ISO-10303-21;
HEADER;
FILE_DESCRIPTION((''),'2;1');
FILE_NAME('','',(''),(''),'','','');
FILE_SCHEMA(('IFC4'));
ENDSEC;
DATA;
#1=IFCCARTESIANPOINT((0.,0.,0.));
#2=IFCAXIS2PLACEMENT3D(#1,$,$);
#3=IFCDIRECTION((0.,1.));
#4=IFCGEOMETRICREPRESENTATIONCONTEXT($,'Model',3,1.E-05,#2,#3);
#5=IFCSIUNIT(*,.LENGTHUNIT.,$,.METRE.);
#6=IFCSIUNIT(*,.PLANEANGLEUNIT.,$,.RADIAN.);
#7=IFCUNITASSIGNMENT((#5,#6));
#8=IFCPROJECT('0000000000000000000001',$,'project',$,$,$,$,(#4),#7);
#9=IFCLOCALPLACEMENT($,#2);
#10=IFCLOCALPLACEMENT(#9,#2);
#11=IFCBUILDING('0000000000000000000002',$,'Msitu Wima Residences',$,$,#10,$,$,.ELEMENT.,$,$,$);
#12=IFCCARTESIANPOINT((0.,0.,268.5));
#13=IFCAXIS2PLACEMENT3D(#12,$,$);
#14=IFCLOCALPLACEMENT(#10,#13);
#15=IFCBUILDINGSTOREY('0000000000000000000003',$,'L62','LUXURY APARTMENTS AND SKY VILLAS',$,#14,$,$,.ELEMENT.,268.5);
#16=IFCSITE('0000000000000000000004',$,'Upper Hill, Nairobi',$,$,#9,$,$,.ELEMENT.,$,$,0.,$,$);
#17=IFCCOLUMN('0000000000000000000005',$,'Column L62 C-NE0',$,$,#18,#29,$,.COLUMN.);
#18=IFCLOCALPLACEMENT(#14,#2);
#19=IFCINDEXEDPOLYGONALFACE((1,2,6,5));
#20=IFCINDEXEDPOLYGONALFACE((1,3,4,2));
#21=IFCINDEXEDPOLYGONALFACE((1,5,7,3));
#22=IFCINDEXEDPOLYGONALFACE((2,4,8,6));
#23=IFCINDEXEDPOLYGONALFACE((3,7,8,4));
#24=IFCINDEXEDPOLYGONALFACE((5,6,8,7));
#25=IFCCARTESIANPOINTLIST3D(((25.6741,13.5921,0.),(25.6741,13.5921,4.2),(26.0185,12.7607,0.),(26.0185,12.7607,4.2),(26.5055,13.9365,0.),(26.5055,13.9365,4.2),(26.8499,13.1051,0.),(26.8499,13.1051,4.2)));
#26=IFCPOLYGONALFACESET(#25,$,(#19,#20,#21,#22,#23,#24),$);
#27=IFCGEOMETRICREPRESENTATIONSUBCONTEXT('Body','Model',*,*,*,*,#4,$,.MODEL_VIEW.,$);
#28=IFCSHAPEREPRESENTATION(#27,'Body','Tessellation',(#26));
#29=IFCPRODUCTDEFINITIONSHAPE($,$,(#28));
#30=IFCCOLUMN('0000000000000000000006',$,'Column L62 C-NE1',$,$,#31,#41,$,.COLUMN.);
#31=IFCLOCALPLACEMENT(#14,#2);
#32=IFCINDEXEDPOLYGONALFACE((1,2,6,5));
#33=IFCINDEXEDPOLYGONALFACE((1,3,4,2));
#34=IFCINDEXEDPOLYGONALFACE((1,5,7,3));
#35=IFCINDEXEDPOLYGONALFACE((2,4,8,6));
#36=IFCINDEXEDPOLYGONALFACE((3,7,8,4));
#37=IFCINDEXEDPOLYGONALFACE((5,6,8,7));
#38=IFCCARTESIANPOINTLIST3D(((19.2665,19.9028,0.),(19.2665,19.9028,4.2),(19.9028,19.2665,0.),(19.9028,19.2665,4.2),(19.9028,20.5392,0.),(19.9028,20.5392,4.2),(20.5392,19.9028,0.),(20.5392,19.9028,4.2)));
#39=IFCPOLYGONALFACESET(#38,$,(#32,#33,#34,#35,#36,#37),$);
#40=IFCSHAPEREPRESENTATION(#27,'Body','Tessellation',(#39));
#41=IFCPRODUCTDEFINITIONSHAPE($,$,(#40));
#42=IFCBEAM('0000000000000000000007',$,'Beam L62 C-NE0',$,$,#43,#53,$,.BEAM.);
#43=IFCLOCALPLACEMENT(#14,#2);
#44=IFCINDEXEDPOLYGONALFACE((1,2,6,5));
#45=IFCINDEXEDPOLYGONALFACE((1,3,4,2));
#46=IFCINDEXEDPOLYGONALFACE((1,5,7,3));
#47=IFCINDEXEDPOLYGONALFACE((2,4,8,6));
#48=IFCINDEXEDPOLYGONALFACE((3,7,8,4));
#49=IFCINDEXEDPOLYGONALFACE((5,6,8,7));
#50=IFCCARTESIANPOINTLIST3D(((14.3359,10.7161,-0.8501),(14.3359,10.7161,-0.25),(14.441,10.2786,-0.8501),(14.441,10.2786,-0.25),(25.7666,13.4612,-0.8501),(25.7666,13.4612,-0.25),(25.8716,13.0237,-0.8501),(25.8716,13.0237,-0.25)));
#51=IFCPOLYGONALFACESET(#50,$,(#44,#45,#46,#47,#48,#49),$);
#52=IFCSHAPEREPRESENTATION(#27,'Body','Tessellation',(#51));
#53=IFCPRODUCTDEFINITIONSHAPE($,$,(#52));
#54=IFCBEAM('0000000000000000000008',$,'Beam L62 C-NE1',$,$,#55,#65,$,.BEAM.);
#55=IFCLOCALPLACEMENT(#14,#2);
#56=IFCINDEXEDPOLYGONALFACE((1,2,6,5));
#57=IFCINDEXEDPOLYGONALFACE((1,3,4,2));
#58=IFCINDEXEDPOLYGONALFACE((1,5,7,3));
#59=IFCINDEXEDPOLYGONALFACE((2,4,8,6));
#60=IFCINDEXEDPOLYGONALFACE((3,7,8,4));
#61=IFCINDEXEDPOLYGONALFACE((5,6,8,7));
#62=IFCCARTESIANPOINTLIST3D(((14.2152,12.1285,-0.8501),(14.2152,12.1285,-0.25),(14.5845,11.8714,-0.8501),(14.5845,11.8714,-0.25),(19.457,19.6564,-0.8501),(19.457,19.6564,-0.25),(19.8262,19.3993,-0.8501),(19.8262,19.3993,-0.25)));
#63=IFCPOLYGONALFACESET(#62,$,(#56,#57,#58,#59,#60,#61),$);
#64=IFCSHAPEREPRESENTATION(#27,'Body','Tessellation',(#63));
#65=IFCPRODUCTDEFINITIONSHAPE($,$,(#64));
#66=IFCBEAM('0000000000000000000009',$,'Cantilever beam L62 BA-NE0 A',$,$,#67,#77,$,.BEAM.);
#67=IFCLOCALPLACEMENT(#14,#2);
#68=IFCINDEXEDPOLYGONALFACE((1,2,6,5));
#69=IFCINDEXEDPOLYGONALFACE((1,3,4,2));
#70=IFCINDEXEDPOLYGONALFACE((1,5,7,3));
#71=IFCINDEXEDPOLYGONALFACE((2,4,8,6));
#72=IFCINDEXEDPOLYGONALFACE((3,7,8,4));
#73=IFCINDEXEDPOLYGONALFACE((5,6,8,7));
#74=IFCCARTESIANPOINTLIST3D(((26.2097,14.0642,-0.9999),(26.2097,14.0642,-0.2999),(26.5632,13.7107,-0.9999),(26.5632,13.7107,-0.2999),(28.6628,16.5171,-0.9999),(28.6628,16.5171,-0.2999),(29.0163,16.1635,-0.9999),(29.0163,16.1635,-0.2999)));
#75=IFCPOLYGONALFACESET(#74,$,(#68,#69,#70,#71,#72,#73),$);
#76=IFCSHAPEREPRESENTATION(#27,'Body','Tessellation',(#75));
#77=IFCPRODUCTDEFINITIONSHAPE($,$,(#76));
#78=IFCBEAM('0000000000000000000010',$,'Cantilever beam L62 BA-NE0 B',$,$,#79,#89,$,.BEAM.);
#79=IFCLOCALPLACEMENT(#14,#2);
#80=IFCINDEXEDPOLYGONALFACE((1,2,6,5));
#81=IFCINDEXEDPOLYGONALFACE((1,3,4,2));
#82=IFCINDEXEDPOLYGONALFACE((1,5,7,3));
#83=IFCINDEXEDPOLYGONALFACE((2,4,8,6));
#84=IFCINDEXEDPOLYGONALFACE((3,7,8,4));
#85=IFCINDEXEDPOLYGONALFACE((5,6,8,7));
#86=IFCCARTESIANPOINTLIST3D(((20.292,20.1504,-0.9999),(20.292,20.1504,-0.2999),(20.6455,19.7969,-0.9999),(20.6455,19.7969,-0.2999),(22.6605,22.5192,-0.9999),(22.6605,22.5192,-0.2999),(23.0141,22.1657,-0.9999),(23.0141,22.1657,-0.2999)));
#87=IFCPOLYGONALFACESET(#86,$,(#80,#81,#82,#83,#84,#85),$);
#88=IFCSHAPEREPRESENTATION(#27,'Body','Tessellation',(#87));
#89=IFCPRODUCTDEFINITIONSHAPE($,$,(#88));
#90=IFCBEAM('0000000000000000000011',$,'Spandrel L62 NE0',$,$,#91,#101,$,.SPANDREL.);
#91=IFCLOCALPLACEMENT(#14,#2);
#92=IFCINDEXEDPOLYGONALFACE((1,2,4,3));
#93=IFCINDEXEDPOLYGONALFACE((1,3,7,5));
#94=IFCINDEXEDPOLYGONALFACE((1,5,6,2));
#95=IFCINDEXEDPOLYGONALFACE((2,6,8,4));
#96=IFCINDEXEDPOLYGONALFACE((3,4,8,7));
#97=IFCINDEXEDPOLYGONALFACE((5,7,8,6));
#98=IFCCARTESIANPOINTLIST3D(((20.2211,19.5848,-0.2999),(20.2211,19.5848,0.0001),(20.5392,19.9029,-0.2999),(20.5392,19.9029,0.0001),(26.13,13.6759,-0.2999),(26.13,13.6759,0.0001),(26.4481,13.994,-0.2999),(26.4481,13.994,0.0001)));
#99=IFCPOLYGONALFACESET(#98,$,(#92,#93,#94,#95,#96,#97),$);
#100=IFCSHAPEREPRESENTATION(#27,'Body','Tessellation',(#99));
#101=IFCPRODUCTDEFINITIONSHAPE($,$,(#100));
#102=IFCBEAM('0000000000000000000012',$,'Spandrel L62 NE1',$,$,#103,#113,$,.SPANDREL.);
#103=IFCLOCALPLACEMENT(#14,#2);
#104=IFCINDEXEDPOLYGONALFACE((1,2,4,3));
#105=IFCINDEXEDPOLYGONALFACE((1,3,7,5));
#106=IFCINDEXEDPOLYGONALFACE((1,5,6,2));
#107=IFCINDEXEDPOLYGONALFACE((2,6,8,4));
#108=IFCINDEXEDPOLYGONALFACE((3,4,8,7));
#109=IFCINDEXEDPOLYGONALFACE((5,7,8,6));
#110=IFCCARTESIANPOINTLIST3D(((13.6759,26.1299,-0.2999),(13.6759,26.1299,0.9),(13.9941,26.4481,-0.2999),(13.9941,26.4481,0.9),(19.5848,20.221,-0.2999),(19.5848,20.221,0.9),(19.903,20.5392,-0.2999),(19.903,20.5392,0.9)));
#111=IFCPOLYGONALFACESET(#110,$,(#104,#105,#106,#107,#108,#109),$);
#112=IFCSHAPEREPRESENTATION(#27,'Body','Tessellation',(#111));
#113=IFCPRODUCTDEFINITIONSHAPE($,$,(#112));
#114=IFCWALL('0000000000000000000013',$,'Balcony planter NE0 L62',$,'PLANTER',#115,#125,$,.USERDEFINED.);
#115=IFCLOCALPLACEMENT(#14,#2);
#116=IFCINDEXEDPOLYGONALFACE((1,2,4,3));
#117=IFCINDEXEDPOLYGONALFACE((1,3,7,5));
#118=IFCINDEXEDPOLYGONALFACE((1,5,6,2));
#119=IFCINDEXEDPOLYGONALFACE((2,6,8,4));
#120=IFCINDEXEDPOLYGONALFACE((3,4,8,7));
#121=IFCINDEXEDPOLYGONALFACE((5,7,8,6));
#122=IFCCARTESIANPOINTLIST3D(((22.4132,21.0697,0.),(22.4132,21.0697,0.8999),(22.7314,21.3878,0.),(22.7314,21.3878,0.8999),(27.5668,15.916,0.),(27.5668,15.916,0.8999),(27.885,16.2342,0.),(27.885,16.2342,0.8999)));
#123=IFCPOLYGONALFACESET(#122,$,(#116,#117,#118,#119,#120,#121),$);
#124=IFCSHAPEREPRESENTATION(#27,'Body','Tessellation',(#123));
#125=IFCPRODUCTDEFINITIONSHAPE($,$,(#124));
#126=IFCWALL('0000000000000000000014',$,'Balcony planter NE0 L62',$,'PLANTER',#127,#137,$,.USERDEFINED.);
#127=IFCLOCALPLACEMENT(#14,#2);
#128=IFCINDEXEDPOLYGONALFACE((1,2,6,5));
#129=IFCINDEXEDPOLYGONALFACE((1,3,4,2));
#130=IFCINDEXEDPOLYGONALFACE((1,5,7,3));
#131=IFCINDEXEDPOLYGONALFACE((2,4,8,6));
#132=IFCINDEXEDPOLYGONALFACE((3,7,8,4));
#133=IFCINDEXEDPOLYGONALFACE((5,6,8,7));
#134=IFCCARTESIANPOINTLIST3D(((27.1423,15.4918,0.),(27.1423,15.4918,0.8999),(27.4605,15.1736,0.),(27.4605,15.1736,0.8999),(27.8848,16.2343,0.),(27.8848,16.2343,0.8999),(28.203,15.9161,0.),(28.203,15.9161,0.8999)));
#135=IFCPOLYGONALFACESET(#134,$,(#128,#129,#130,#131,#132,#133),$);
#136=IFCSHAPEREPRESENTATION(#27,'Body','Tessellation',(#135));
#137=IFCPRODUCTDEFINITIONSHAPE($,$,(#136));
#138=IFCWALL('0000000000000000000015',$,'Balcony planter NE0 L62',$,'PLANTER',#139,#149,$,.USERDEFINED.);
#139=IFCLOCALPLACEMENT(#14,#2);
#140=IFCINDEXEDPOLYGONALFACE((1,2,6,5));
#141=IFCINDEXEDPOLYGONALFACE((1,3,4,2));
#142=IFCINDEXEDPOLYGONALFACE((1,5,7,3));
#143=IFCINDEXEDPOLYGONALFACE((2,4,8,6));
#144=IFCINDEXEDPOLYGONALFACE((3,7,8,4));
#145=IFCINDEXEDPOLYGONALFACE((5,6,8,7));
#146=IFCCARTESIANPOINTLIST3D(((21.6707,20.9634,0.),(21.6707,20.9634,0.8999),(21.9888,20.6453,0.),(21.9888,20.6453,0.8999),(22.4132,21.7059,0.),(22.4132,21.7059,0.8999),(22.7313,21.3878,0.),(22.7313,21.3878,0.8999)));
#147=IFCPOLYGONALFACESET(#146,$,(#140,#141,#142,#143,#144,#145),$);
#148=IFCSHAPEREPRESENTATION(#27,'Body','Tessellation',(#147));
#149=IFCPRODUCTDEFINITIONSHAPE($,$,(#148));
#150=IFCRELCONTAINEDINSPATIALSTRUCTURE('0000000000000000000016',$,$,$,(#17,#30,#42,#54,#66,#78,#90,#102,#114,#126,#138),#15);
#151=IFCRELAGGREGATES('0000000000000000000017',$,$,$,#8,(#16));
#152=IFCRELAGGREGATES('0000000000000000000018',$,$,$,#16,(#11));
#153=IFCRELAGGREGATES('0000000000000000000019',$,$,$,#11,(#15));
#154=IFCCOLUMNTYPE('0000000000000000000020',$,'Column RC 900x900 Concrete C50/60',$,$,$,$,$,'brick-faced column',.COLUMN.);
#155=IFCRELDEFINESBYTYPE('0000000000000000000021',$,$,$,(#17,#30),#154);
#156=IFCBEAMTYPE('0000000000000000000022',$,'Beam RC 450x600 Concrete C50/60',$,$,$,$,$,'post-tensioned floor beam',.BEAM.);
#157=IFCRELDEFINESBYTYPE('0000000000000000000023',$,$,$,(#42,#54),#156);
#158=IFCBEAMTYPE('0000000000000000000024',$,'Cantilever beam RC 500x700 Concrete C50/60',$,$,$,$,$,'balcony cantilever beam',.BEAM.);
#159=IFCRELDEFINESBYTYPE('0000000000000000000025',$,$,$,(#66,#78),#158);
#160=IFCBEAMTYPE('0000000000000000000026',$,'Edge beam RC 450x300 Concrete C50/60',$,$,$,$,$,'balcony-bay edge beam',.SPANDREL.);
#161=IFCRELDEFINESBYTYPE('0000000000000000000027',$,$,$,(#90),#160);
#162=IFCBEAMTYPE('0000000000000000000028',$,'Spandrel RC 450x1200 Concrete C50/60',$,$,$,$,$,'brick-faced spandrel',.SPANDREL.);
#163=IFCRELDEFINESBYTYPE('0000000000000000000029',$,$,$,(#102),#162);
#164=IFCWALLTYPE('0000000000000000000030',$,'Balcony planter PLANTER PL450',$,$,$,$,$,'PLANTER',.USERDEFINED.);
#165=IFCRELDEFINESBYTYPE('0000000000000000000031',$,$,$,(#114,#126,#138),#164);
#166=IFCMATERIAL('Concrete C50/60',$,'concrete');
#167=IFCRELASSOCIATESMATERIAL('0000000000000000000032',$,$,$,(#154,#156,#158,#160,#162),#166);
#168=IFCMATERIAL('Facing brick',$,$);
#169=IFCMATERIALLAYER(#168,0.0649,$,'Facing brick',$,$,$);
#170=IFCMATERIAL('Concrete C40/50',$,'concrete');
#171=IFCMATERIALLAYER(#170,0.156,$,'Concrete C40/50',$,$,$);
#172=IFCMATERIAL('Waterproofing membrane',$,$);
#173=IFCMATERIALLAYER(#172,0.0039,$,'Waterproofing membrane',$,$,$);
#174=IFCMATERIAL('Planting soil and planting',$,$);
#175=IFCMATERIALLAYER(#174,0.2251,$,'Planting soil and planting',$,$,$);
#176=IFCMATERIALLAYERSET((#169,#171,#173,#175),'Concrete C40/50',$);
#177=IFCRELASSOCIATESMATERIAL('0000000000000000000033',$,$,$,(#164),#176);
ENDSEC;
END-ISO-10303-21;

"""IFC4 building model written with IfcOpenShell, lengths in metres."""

from ifc_helpers import new_model, si_unit, direction, frame, frame_2d, origin, origin_2d, place, context, subcontext, project, spatial, rectangle, extrude, material, layer, layer_set, material_profile, profile_set, type_object, element, save


model = new_model("IFC4")

# Units and contexts
model_context = context("Model", 3, precision=1e-05, world=origin(), true_north=direction((0.0, 1.0)))
body_context = subcontext(model_context, "Body", "Model", "MODEL_VIEW")
ifc_project = project(units=[si_unit("LENGTHUNIT", "METRE"), si_unit("PLANEANGLEUNIT", "RADIAN")], contexts=[model_context])

# Site, building, storey
site_placement = place(None, origin())
site = spatial("IfcSite", under=ifc_project, at=site_placement, Name="Upper Hill, Nairobi", CompositionType="ELEMENT", RefElevation=0.0)
building_placement = place(site_placement, origin())
building = spatial("IfcBuilding", under=site, at=building_placement, Name="Msitu Wima Residences", CompositionType="ELEMENT")
storey_placement = place(building_placement, frame((0.0, 0.0, 268.5)))
storey = spatial("IfcBuildingStorey", under=building, at=storey_placement, Name="L62", Description="LUXURY APARTMENTS AND SKY VILLAS", CompositionType="ELEMENT", Elevation=268.5)

# Columns
ifc_material_1 = material(Name="Concrete C50/60", Category="concrete")
ifc_material_profile_1 = material_profile(ifc_material_1, rectangle(XDim=0.8999, YDim=0.8999, at=origin_2d()), Name="RC 900x900")
ifc_profile_set_1 = profile_set([ifc_material_profile_1], Name="Concrete C50/60")
column_type = type_object("IfcColumnType", Name="Column RC 900x900 Concrete C50/60", ElementType="brick-faced column", PredefinedType="COLUMN", material=ifc_profile_set_1)
for number, where, z_axis, x_axis, name in (
    (1, (26.262, 13.3486, 0.0), (0.0, 0.0, 1.0), (-0.382683, 0.92388, 0.0), "Column L62 C-NE0"),
    (2, (19.9028, 19.9028, 0.0), (0.0, 0.0, 1.0), (-0.707107, 0.707107, 0.0), "Column L62 C-NE1"),
):
    element("IfcColumn", number, at=place(storey_placement, frame(where, z_axis=z_axis, x_axis=x_axis)), inside=storey, type_object=column_type, Name=name, PredefinedType="COLUMN", context=body_context, shape_type="SweptSolid", body=[
        extrude(rectangle(XDim=0.8999, YDim=0.8999, at=origin_2d()), origin(), (0.0, 0.0, 1.0), 4.2),
    ])

# Beams
ifc_material_profile_2 = material_profile(ifc_material_1, rectangle(XDim=0.45, YDim=0.6001, at=origin_2d()), Name="RC 450x600")
ifc_profile_set_2 = profile_set([ifc_material_profile_2], Name="Concrete C50/60")
beam_type_1 = type_object("IfcBeamType", Name="Beam RC 450x600 Concrete C50/60", ElementType="post-tensioned floor beam", PredefinedType="BEAM", material=ifc_profile_set_2)
beam_1_placement = place(storey_placement, frame((25.8191, 13.2424, -0.55), z_axis=(-0.972353, -0.233514, 0.0), x_axis=(0.233514, -0.972353, 0.0)))
element("IfcBeam", 3, at=beam_1_placement, inside=storey, type_object=beam_type_1, Name="Beam L62 C-NE0", PredefinedType="BEAM", context=body_context, shape_type="SweptSolid", body=[
    extrude(rectangle(XDim=0.45, YDim=0.6001, at=origin_2d()), origin(), (0.0, 0.0, 1.0), 11.7556),
])
beam_2_placement = place(storey_placement, frame((19.6416, 19.5278, -0.55), z_axis=(-0.571428, -0.820652, 0.0), x_axis=(0.820652, -0.571428, 0.0)))
element("IfcBeam", 4, at=beam_2_placement, inside=storey, type_object=beam_type_1, Name="Beam L62 C-NE1", PredefinedType="BEAM", context=body_context, shape_type="SweptSolid", body=[
    extrude(rectangle(XDim=0.45, YDim=0.6001, at=origin_2d()), origin(), (0.0, 0.0, 1.0), 9.1731),
])
ifc_material_profile_3 = material_profile(ifc_material_1, rectangle(XDim=0.5, YDim=0.7, at=origin_2d()), Name="RC 500x700")
ifc_profile_set_3 = profile_set([ifc_material_profile_3], Name="Concrete C50/60")
beam_type_2 = type_object("IfcBeamType", Name="Cantilever beam RC 500x700 Concrete C50/60", ElementType="balcony cantilever beam", PredefinedType="BEAM", material=ifc_profile_set_3)
beam_3_placement = place(storey_placement, frame((26.3865, 13.8875, -0.6499), z_axis=(0.707142, 0.707072, 0.0), x_axis=(-0.707072, 0.707142, 0.0)))
element("IfcBeam", 5, at=beam_3_placement, inside=storey, type_object=beam_type_2, Name="Cantilever beam L62 BA-NE0 A", PredefinedType="BEAM", context=body_context, shape_type="SweptSolid", body=[
    extrude(rectangle(XDim=0.5, YDim=0.7, at=origin_2d()), origin(), (0.0, 0.0, 1.0), 3.469),
])
beam_4_placement = place(storey_placement, frame((20.4688, 19.9736, -0.6499), z_axis=(0.70707, 0.707143, 0.0), x_axis=(-0.707143, 0.70707, 0.0)))
element("IfcBeam", 6, at=beam_4_placement, inside=storey, type_object=beam_type_2, Name="Cantilever beam L62 BA-NE0 B", PredefinedType="BEAM", context=body_context, shape_type="SweptSolid", body=[
    extrude(rectangle(XDim=0.5, YDim=0.7, at=origin_2d()), origin(), (0.0, 0.0, 1.0), 3.3499),
])
ifc_material_profile_4 = material_profile(ifc_material_1, rectangle(XDim=0.45, YDim=0.3, at=origin_2d()), Name="RC 450x300")
ifc_profile_set_4 = profile_set([ifc_material_profile_4], Name="Concrete C50/60")
beam_type_3 = type_object("IfcBeamType", Name="Edge beam RC 450x300 Concrete C50/60", ElementType="balcony-bay edge beam", PredefinedType="SPANDREL", material=ifc_profile_set_4)
beam_5_placement = place(storey_placement, frame((26.2891, 13.835, -0.1499), z_axis=(-0.707107, 0.707107, 0.0), x_axis=(-0.707107, -0.707107, 0.0)))
element("IfcBeam", 7, at=beam_5_placement, inside=storey, type_object=beam_type_3, Name="Spandrel L62 NE0", PredefinedType="SPANDREL", context=body_context, shape_type="SweptSolid", body=[
    extrude(rectangle(XDim=0.45, YDim=0.3, at=origin_2d()), origin(), (0.0, 0.0, 1.0), 8.3564),
])
ifc_material_profile_5 = material_profile(ifc_material_1, rectangle(XDim=0.45, YDim=1.2, at=origin_2d()), Name="RC 450x1200")
ifc_profile_set_5 = profile_set([ifc_material_profile_5], Name="Concrete C50/60")
beam_type_4 = type_object("IfcBeamType", Name="Spandrel RC 450x1200 Concrete C50/60", ElementType="brick-faced spandrel", PredefinedType="SPANDREL", material=ifc_profile_set_5)
beam_6_placement = place(storey_placement, frame((19.7439, 20.3801, 0.3), z_axis=(-0.707107, 0.707107, 0.0), x_axis=(-0.707107, -0.707107, 0.0)))
element("IfcBeam", 8, at=beam_6_placement, inside=storey, type_object=beam_type_4, Name="Spandrel L62 NE1", PredefinedType="SPANDREL", context=body_context, shape_type="SweptSolid", body=[
    extrude(rectangle(XDim=0.45, YDim=1.2, at=origin_2d()), origin(), (0.0, 0.0, 1.0), 8.3564),
])

# Walls
ifc_material_2 = material(Name="Facing brick")
ifc_layer_1 = layer(ifc_material_2, 0.0649, Name="Facing brick")
ifc_material_3 = material(Name="Concrete C40/50", Category="concrete")
ifc_layer_2 = layer(ifc_material_3, 0.156, Name="Concrete C40/50")
ifc_material_4 = material(Name="Waterproofing membrane")
ifc_layer_3 = layer(ifc_material_4, 0.0039, Name="Waterproofing membrane")
ifc_material_5 = material(Name="Planting soil and planting")
ifc_layer_4 = layer(ifc_material_5, 0.2251, Name="Planting soil and planting")
ifc_layer_set_1 = layer_set([ifc_layer_1, ifc_layer_2, ifc_layer_3, ifc_layer_4], Name="Concrete C40/50")
wall_type_1 = type_object("IfcWallType", Name="Balcony planter PLANTER PL450", ElementType="PLANTER", PredefinedType="USERDEFINED", material=ifc_layer_set_1)
wall_1_placement = place(storey_placement, frame((27.7258, 16.0752, 0.0), z_axis=(0.0, 0.0, 1.0), x_axis=(-0.707107, 0.707107, 0.0)))
element("IfcWall", 9, at=wall_1_placement, inside=storey, type_object=wall_type_1, Name="Balcony planter NE0 L62", ObjectType="PLANTER", PredefinedType="USERDEFINED", context=body_context, shape_type="SweptSolid", body=[
    extrude(rectangle(XDim=7.2883, YDim=0.45, at=frame_2d((3.644, 0.0))), origin(), (0.0, 0.0, 1.0), 0.8999),
])
for number, where, z_axis, x_axis, name in (
    (10, (27.3015, 15.3328, 0.0), (0.0, 0.0, 1.0), (0.707107, 0.707107, 0.0), "Balcony planter NE0 L62"),
    (11, (21.8298, 20.8044, 0.0), (0.0, 0.0, 1.0), (0.707107, 0.707107, 0.0), "Balcony planter NE0 L62"),
):
    element("IfcWall", number, at=place(storey_placement, frame(where, z_axis=z_axis, x_axis=x_axis)), inside=storey, type_object=wall_type_1, Name=name, ObjectType="PLANTER", PredefinedType="USERDEFINED", context=body_context, shape_type="SweptSolid", body=[
        extrude(rectangle(XDim=1.05, YDim=0.45, at=frame_2d((0.5249, 0.0))), origin(), (0.0, 0.0, 1.0), 0.8999),
    ])

save(model, "model.ifc")
